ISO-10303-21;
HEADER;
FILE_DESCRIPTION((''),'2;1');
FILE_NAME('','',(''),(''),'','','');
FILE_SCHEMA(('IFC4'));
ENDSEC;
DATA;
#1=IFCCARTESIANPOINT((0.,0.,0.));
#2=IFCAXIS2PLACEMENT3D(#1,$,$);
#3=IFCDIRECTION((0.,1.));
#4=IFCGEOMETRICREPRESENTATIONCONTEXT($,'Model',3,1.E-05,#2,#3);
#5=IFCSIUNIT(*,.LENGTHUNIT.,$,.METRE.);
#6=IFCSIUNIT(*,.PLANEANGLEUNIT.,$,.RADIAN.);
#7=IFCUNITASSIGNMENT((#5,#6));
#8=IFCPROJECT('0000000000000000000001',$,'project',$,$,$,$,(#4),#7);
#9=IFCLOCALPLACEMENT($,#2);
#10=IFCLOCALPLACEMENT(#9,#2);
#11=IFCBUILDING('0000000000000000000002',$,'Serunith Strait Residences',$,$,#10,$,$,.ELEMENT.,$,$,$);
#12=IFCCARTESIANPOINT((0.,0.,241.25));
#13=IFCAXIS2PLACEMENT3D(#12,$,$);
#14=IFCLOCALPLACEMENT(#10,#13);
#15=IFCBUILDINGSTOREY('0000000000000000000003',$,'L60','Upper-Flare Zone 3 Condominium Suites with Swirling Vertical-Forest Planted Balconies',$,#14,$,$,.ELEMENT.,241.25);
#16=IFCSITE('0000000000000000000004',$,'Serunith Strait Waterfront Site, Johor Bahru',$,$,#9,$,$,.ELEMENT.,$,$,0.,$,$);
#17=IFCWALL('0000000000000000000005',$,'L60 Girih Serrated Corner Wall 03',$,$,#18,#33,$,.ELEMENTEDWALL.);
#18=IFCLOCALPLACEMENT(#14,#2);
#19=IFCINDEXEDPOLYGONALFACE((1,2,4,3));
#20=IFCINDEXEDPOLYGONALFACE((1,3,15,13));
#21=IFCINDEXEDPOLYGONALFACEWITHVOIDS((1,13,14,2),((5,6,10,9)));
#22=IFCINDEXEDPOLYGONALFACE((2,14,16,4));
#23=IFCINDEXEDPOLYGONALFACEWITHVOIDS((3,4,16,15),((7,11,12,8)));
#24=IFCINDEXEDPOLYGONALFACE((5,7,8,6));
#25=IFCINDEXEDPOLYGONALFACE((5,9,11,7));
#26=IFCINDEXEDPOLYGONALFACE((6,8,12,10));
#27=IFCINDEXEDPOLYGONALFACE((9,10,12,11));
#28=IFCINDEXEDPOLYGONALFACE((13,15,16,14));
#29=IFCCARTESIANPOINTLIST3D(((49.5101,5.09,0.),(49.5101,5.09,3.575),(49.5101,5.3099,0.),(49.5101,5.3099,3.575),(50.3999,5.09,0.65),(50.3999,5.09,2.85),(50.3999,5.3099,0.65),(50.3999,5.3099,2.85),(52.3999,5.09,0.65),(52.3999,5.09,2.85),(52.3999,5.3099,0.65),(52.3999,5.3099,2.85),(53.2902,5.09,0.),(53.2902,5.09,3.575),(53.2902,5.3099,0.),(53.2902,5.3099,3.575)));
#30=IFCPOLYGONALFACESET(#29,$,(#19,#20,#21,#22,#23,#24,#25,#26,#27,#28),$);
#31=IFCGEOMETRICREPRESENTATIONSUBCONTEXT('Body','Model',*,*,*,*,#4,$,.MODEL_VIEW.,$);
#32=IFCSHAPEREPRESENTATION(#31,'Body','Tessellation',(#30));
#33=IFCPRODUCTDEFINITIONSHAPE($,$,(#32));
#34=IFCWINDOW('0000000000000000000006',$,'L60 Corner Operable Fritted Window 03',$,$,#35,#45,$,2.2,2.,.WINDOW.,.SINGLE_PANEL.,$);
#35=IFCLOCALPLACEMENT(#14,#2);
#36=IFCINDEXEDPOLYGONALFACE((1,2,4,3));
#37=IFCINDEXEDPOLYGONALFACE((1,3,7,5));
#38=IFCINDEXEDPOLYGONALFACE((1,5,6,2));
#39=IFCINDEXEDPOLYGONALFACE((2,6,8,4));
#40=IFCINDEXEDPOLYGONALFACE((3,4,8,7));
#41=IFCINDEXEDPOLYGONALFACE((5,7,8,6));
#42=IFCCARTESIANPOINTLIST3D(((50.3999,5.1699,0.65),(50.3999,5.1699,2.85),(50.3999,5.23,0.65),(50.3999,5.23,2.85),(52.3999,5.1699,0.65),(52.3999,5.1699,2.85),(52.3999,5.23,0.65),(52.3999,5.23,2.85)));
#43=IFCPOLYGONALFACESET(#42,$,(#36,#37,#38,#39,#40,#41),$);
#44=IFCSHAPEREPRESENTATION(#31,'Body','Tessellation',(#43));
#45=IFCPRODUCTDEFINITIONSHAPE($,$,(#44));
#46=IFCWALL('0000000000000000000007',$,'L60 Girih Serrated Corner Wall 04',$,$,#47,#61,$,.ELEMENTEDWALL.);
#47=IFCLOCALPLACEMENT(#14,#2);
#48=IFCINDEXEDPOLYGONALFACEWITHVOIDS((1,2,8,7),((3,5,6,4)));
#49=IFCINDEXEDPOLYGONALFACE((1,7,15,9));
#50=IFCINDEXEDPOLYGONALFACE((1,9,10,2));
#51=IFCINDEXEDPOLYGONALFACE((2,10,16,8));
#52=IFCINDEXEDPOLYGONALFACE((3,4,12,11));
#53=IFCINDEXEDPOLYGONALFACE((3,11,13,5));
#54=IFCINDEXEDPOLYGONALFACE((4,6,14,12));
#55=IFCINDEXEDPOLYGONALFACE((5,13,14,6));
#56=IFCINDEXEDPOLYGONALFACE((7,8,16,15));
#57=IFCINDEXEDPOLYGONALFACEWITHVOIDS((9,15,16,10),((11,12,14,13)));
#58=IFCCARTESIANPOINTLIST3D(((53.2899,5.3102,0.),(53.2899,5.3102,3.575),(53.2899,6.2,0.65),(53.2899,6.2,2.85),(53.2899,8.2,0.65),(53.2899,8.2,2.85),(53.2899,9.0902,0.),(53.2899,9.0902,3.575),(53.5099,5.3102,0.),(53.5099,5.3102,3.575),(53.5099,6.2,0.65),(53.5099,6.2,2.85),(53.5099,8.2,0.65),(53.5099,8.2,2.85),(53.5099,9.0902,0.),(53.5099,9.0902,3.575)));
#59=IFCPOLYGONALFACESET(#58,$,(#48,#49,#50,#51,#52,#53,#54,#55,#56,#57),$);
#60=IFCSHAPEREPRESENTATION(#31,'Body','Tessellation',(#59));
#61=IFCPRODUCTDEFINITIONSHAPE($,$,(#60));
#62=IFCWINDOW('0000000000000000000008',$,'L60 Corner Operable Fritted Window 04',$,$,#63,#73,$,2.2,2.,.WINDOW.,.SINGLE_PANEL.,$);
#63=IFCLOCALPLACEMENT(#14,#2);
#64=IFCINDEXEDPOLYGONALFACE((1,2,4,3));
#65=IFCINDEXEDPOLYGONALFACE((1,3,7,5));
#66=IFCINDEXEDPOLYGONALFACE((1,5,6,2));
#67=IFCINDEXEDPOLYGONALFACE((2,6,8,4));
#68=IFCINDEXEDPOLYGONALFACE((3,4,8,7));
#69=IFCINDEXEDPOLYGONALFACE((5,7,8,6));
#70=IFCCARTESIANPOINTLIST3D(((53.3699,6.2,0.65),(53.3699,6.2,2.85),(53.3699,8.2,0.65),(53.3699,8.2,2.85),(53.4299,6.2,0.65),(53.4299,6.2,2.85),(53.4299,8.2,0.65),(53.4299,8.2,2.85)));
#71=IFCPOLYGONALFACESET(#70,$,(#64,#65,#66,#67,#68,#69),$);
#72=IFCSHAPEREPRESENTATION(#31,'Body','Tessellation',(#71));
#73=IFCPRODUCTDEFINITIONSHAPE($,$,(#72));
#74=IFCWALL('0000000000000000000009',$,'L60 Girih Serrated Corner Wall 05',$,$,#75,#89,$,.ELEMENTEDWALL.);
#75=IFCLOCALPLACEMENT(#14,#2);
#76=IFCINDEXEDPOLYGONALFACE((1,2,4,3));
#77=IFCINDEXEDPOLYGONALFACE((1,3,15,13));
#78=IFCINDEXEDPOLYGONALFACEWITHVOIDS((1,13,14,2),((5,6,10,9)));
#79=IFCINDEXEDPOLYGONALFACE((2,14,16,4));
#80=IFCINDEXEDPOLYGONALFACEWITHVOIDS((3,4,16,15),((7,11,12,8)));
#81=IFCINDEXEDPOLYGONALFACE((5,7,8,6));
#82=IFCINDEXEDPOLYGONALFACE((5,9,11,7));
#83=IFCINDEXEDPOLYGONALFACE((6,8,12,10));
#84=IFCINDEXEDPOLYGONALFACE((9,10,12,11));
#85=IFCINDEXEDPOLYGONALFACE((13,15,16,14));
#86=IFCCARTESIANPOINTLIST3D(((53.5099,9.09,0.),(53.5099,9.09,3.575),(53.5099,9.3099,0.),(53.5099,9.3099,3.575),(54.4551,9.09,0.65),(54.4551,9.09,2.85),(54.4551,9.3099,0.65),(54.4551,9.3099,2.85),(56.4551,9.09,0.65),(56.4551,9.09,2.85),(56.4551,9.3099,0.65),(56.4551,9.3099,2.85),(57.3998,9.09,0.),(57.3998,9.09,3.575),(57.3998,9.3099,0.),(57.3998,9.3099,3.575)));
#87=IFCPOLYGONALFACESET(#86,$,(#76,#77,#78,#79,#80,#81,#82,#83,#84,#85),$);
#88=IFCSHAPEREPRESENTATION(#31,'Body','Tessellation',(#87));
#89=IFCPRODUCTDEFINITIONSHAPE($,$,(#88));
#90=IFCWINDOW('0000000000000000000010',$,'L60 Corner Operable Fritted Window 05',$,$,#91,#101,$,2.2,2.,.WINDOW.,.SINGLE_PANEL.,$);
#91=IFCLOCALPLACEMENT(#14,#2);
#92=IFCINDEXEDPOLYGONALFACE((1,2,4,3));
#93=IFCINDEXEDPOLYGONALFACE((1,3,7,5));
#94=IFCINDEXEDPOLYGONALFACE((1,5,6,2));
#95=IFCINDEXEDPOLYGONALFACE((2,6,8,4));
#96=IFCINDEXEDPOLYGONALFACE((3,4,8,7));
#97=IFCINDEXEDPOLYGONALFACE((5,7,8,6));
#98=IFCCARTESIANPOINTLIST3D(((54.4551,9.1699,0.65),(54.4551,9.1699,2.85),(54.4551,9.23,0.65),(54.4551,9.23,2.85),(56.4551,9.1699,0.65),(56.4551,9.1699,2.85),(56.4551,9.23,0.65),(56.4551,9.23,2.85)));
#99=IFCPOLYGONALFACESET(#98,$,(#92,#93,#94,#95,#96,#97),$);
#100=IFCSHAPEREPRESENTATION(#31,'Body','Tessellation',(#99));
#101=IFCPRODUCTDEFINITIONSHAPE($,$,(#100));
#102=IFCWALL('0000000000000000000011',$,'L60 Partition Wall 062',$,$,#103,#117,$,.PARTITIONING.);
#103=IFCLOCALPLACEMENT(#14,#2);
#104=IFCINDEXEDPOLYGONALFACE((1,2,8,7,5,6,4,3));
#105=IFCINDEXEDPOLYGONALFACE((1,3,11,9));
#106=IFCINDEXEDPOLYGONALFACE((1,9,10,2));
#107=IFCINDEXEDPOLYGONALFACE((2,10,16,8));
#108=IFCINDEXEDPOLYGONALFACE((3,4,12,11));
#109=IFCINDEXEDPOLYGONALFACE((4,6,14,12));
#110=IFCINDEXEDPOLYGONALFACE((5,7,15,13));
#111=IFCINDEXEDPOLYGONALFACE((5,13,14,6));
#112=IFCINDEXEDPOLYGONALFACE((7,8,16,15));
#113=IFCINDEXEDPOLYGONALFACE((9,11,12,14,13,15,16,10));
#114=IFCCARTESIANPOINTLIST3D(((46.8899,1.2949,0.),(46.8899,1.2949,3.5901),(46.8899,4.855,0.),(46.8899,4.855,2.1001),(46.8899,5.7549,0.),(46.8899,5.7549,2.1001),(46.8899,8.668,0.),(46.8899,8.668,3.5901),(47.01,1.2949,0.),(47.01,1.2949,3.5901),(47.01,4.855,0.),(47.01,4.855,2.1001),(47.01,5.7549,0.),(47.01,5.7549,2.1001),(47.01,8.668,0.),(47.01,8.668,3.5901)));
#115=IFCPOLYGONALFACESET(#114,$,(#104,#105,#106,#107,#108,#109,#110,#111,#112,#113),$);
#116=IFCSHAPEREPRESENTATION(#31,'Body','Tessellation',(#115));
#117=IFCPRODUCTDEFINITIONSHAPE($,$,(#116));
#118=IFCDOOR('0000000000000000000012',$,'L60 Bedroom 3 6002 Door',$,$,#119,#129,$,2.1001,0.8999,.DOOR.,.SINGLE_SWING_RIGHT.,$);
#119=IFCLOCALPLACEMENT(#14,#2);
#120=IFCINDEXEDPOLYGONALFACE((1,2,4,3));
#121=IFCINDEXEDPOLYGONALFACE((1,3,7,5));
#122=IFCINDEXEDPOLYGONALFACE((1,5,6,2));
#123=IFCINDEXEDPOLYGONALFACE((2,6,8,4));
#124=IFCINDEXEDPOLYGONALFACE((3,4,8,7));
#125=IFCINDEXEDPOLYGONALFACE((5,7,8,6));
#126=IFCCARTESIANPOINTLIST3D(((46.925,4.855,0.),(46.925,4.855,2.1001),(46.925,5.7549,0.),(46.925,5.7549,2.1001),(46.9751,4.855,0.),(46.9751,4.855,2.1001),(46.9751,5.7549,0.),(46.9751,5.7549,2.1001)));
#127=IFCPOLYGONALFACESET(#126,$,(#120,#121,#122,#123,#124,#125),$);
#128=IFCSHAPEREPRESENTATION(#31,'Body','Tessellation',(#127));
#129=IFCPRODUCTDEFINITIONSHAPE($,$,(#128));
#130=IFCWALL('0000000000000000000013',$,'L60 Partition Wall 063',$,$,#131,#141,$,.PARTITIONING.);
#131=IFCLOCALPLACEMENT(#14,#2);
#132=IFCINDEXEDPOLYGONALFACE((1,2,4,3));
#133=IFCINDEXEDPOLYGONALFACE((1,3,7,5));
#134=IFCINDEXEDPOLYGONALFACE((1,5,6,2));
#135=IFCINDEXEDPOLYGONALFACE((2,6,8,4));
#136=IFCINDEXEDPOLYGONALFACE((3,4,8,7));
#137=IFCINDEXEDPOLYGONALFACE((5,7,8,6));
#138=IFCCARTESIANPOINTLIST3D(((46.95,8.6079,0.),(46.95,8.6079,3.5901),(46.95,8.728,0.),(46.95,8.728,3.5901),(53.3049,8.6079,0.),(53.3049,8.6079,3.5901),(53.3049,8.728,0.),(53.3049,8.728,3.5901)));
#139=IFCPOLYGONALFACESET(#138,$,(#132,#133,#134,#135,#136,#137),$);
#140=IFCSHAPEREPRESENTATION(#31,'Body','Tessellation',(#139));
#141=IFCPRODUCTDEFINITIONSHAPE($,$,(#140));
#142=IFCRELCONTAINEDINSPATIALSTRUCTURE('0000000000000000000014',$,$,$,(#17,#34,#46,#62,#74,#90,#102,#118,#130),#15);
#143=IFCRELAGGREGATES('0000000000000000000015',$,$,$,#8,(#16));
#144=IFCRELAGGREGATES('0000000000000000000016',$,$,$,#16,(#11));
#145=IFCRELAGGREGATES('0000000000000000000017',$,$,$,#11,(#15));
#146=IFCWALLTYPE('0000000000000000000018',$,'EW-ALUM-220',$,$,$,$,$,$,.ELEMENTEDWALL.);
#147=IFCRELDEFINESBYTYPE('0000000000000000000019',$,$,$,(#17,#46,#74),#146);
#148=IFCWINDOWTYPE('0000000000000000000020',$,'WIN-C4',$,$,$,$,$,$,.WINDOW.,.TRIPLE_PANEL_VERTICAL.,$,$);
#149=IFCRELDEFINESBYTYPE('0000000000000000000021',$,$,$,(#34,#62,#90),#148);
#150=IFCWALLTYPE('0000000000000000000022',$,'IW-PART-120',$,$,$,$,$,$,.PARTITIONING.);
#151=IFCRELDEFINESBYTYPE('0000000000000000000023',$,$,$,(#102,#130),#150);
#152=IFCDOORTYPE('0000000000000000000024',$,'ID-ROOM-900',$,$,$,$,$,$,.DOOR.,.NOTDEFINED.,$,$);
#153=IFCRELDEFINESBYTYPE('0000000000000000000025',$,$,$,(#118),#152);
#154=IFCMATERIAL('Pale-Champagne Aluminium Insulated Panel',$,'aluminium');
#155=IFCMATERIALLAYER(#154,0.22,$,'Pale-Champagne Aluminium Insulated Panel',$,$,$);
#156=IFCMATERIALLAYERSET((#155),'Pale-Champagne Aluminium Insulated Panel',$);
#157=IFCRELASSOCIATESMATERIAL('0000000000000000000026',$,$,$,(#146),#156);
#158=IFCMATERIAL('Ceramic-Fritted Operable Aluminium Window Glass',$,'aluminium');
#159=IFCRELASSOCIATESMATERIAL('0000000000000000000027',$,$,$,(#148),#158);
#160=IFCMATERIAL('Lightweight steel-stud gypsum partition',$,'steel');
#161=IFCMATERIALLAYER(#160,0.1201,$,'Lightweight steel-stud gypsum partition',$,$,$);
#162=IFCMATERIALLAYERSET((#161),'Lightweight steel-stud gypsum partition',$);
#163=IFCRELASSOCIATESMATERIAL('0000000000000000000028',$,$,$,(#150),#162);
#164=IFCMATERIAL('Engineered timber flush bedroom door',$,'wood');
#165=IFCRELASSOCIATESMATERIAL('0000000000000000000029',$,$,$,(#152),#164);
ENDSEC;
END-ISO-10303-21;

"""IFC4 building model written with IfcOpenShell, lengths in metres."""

from ifc_helpers import new_model, si_unit, direction, frame, frame_2d, origin, place, context, subcontext, project, spatial, rectangle, extrude, source, transform, mapped, material, layer, layer_set, type_object, element, fill, save


model = new_model("IFC4")

# Units and contexts
model_context = context("Model", 3, precision=1e-05, world=origin(), true_north=direction((0.0, 1.0)))
body_context = subcontext(model_context, "Body", "Model", "MODEL_VIEW")
ifc_project = project(units=[si_unit("LENGTHUNIT", "METRE"), si_unit("PLANEANGLEUNIT", "RADIAN")], contexts=[model_context])

# Site, building, storey
site_placement = place(None, origin())
site = spatial("IfcSite", under=ifc_project, at=site_placement, Name="Serunith Strait Waterfront Site, Johor Bahru", CompositionType="ELEMENT", RefElevation=0.0)
building_placement = place(site_placement, origin())
building = spatial("IfcBuilding", under=site, at=building_placement, Name="Serunith Strait Residences", CompositionType="ELEMENT")
storey_placement = place(building_placement, frame((0.0, 0.0, 241.25)))
storey = spatial("IfcBuildingStorey", under=building, at=storey_placement, Name="L60", Description="Upper-Flare Zone 3 Condominium Suites with Swirling Vertical-Forest Planted Balconies", CompositionType="ELEMENT", Elevation=241.25)

# Walls, openings, windows
ifc_material_1 = material(Name="Pale-Champagne Aluminium Insulated Panel", Category="aluminium")
ifc_layer_1 = layer(ifc_material_1, 0.22, Name="Pale-Champagne Aluminium Insulated Panel")
ifc_layer_set_1 = layer_set([ifc_layer_1], Name="Pale-Champagne Aluminium Insulated Panel")
wall_type_1 = type_object("IfcWallType", Name="EW-ALUM-220", PredefinedType="ELEMENTEDWALL", material=ifc_layer_set_1)
ifc_material_2 = material(Name="Ceramic-Fritted Operable Aluminium Window Glass", Category="aluminium")
window_type = type_object("IfcWindowType", Name="WIN-C4", PartitioningType="TRIPLE_PANEL_VERTICAL", PredefinedType="WINDOW", material=ifc_material_2)
shared_shape_1 = source(origin(), body_context, "Body", "SweptSolid", [
    extrude(rectangle(XDim=2.0, YDim=2.2, at=frame_2d((1.0, 1.1001))), frame((0.0, 0.03, 0.0), z_axis=(0.0, -1.0, 0.0), x_axis=(1.0, 0.0, 0.0)), (0.0, 0.0, 1.0), 0.0601),
])
wall_1_placement = place(storey_placement, frame((49.51, 5.2, 0.0), z_axis=(0.0, 0.0, 1.0), x_axis=(1.0, 0.0, 0.0)))
wall_1 = element("IfcWall", 1, at=wall_1_placement, inside=storey, type_object=wall_type_1, Name="L60 Girih Serrated Corner Wall 03", PredefinedType="ELEMENTEDWALL", context=body_context, shape_type="SweptSolid", body=[
    extrude(rectangle(XDim=3.78, YDim=0.22, at=frame_2d((1.8901, 0.0))), origin(), (0.0, 0.0, 1.0), 3.575),
])
opening_1_placement = place(wall_1_placement, frame((0.8899, 0.0, 0.6499)))
opening_1 = element("IfcOpeningElement", 2, at=opening_1_placement, cuts=wall_1, PredefinedType="OPENING", context=body_context, shape_type="SweptSolid", body=[
    extrude(rectangle(XDim=2.0, YDim=2.2, at=frame_2d((1.0, 1.1001))), frame((0.0, 0.1201, 0.0), z_axis=(0.0, -1.0, 0.0), x_axis=(1.0, 0.0, 0.0)), (0.0, 0.0, 1.0), 0.24),
])
window_1_placement = place(opening_1_placement, origin())
window_1 = element("IfcWindow", 3, at=window_1_placement, inside=storey, type_object=window_type, Name="L60 Corner Operable Fritted Window 03", OverallHeight=2.2, OverallWidth=2.0, PartitioningType="SINGLE_PANEL", PredefinedType="WINDOW", context=body_context, shape_type="MappedRepresentation", body=[
    mapped(shared_shape_1, transform((0.0, 0.0, 0.0), scale=1.0)),
])
fill(opening_1, window_1)
wall_2_placement = place(storey_placement, frame((53.3999, 5.3101, 0.0), z_axis=(0.0, 0.0, 1.0), x_axis=(0.0, 1.0, 0.0)))
wall_2 = element("IfcWall", 4, at=wall_2_placement, inside=storey, type_object=wall_type_1, Name="L60 Girih Serrated Corner Wall 04", PredefinedType="ELEMENTEDWALL", context=body_context, shape_type="SweptSolid", body=[
    extrude(rectangle(XDim=3.78, YDim=0.22, at=frame_2d((1.8901, 0.0))), origin(), (0.0, 0.0, 1.0), 3.575),
])
opening_2_placement = place(wall_2_placement, frame((0.8899, 0.0, 0.6499)))
opening_2 = element("IfcOpeningElement", 5, at=opening_2_placement, cuts=wall_2, PredefinedType="OPENING", context=body_context, shape_type="SweptSolid", body=[
    extrude(rectangle(XDim=2.0, YDim=2.2, at=frame_2d((1.0, 1.1001))), frame((0.0, 0.1201, 0.0), z_axis=(0.0, -1.0, 0.0), x_axis=(1.0, 0.0, 0.0)), (0.0, 0.0, 1.0), 0.24),
])
window_2_placement = place(opening_2_placement, origin())
window_2 = element("IfcWindow", 6, at=window_2_placement, inside=storey, type_object=window_type, Name="L60 Corner Operable Fritted Window 04", OverallHeight=2.2, OverallWidth=2.0, PartitioningType="SINGLE_PANEL", PredefinedType="WINDOW", context=body_context, shape_type="MappedRepresentation", body=[
    mapped(shared_shape_1, transform((0.0, 0.0, 0.0), scale=1.0)),
])
fill(opening_2, window_2)
wall_3_placement = place(storey_placement, frame((53.51, 9.2, 0.0), z_axis=(0.0, 0.0, 1.0), x_axis=(1.0, 0.0, 0.0)))
wall_3 = element("IfcWall", 7, at=wall_3_placement, inside=storey, type_object=wall_type_1, Name="L60 Girih Serrated Corner Wall 05", PredefinedType="ELEMENTEDWALL", context=body_context, shape_type="SweptSolid", body=[
    extrude(rectangle(XDim=3.8899, YDim=0.22, at=frame_2d((1.9448, 0.0))), origin(), (0.0, 0.0, 1.0), 3.575),
])
opening_3_placement = place(wall_3_placement, frame((0.9451, 0.0, 0.6499)))
opening_3 = element("IfcOpeningElement", 8, at=opening_3_placement, cuts=wall_3, PredefinedType="OPENING", context=body_context, shape_type="SweptSolid", body=[
    extrude(rectangle(XDim=2.0, YDim=2.2, at=frame_2d((1.0, 1.1001))), frame((0.0, 0.1201, 0.0), z_axis=(0.0, -1.0, 0.0), x_axis=(1.0, 0.0, 0.0)), (0.0, 0.0, 1.0), 0.24),
])
window_3_placement = place(opening_3_placement, origin())
window_3 = element("IfcWindow", 9, at=window_3_placement, inside=storey, type_object=window_type, Name="L60 Corner Operable Fritted Window 05", OverallHeight=2.2, OverallWidth=2.0, PartitioningType="SINGLE_PANEL", PredefinedType="WINDOW", context=body_context, shape_type="MappedRepresentation", body=[
    mapped(shared_shape_1, transform((0.0, 0.0, 0.0), scale=1.0)),
])
fill(opening_3, window_3)

# Wall, opening, door
ifc_material_3 = material(Name="Lightweight steel-stud gypsum partition", Category="steel")
ifc_layer_2 = layer(ifc_material_3, 0.1201, Name="Lightweight steel-stud gypsum partition")
ifc_layer_set_2 = layer_set([ifc_layer_2], Name="Lightweight steel-stud gypsum partition")
wall_type_2 = type_object("IfcWallType", Name="IW-PART-120", PredefinedType="PARTITIONING", material=ifc_layer_set_2)
wall_4_placement = place(storey_placement, frame((46.95, 1.2949, 0.0), z_axis=(0.0, 0.0, 1.0), x_axis=(0.0, 1.0, 0.0)))
wall_4 = element("IfcWall", 10, at=wall_4_placement, inside=storey, type_object=wall_type_2, Name="L60 Partition Wall 062", PredefinedType="PARTITIONING", context=body_context, shape_type="SweptSolid", body=[
    extrude(rectangle(XDim=7.373, YDim=0.1201, at=frame_2d((3.6865, 0.0))), origin(), (0.0, 0.0, 1.0), 3.5901),
])
opening_4_placement = place(wall_4_placement, frame((3.5601, 0.0, 0.0)))
opening_4 = element("IfcOpeningElement", 11, at=opening_4_placement, cuts=wall_4, PredefinedType="OPENING", context=body_context, shape_type="SweptSolid", body=[
    extrude(rectangle(XDim=0.8999, YDim=2.1001, at=frame_2d((0.45, 1.05))), frame((0.0, 0.0701, 0.0), z_axis=(0.0, -1.0, 0.0), x_axis=(1.0, 0.0, 0.0)), (0.0, 0.0, 1.0), 0.1401),
])
ifc_material_4 = material(Name="Engineered timber flush bedroom door", Category="wood")
door_type_1 = type_object("IfcDoorType", Name="ID-ROOM-900", OperationType="NOTDEFINED", PredefinedType="DOOR", material=ifc_material_4)
shared_shape_2 = source(origin(), body_context, "Body", "SweptSolid", [
    extrude(rectangle(XDim=0.8999, YDim=2.1001, at=frame_2d((0.45, 1.05))), frame((0.0, 0.0249, 0.0), z_axis=(0.0, -1.0, 0.0), x_axis=(1.0, 0.0, 0.0)), (0.0, 0.0, 1.0), 0.05),
])
door_1_placement = place(opening_4_placement, origin())
door_1 = element("IfcDoor", 12, at=door_1_placement, inside=storey, type_object=door_type_1, Name="L60 Bedroom 3 6002 Door", OperationType="SINGLE_SWING_RIGHT", OverallHeight=2.1001, OverallWidth=0.8999, PredefinedType="DOOR", context=body_context, shape_type="MappedRepresentation", body=[
    mapped(shared_shape_2, transform((0.0, 0.0, 0.0), scale=1.0)),
])
fill(opening_4, door_1)

# Wall
wall_5_placement = place(storey_placement, frame((46.95, 8.668, 0.0), z_axis=(0.0, 0.0, 1.0), x_axis=(1.0, 0.0, 0.0)))
element("IfcWall", 13, at=wall_5_placement, inside=storey, type_object=wall_type_2, Name="L60 Partition Wall 063", PredefinedType="PARTITIONING", context=body_context, shape_type="SweptSolid", body=[
    extrude(rectangle(XDim=6.355, YDim=0.1201, at=frame_2d((3.1775, 0.0))), origin(), (0.0, 0.0, 1.0), 3.5901),
])

save(model, "model.ifc")
